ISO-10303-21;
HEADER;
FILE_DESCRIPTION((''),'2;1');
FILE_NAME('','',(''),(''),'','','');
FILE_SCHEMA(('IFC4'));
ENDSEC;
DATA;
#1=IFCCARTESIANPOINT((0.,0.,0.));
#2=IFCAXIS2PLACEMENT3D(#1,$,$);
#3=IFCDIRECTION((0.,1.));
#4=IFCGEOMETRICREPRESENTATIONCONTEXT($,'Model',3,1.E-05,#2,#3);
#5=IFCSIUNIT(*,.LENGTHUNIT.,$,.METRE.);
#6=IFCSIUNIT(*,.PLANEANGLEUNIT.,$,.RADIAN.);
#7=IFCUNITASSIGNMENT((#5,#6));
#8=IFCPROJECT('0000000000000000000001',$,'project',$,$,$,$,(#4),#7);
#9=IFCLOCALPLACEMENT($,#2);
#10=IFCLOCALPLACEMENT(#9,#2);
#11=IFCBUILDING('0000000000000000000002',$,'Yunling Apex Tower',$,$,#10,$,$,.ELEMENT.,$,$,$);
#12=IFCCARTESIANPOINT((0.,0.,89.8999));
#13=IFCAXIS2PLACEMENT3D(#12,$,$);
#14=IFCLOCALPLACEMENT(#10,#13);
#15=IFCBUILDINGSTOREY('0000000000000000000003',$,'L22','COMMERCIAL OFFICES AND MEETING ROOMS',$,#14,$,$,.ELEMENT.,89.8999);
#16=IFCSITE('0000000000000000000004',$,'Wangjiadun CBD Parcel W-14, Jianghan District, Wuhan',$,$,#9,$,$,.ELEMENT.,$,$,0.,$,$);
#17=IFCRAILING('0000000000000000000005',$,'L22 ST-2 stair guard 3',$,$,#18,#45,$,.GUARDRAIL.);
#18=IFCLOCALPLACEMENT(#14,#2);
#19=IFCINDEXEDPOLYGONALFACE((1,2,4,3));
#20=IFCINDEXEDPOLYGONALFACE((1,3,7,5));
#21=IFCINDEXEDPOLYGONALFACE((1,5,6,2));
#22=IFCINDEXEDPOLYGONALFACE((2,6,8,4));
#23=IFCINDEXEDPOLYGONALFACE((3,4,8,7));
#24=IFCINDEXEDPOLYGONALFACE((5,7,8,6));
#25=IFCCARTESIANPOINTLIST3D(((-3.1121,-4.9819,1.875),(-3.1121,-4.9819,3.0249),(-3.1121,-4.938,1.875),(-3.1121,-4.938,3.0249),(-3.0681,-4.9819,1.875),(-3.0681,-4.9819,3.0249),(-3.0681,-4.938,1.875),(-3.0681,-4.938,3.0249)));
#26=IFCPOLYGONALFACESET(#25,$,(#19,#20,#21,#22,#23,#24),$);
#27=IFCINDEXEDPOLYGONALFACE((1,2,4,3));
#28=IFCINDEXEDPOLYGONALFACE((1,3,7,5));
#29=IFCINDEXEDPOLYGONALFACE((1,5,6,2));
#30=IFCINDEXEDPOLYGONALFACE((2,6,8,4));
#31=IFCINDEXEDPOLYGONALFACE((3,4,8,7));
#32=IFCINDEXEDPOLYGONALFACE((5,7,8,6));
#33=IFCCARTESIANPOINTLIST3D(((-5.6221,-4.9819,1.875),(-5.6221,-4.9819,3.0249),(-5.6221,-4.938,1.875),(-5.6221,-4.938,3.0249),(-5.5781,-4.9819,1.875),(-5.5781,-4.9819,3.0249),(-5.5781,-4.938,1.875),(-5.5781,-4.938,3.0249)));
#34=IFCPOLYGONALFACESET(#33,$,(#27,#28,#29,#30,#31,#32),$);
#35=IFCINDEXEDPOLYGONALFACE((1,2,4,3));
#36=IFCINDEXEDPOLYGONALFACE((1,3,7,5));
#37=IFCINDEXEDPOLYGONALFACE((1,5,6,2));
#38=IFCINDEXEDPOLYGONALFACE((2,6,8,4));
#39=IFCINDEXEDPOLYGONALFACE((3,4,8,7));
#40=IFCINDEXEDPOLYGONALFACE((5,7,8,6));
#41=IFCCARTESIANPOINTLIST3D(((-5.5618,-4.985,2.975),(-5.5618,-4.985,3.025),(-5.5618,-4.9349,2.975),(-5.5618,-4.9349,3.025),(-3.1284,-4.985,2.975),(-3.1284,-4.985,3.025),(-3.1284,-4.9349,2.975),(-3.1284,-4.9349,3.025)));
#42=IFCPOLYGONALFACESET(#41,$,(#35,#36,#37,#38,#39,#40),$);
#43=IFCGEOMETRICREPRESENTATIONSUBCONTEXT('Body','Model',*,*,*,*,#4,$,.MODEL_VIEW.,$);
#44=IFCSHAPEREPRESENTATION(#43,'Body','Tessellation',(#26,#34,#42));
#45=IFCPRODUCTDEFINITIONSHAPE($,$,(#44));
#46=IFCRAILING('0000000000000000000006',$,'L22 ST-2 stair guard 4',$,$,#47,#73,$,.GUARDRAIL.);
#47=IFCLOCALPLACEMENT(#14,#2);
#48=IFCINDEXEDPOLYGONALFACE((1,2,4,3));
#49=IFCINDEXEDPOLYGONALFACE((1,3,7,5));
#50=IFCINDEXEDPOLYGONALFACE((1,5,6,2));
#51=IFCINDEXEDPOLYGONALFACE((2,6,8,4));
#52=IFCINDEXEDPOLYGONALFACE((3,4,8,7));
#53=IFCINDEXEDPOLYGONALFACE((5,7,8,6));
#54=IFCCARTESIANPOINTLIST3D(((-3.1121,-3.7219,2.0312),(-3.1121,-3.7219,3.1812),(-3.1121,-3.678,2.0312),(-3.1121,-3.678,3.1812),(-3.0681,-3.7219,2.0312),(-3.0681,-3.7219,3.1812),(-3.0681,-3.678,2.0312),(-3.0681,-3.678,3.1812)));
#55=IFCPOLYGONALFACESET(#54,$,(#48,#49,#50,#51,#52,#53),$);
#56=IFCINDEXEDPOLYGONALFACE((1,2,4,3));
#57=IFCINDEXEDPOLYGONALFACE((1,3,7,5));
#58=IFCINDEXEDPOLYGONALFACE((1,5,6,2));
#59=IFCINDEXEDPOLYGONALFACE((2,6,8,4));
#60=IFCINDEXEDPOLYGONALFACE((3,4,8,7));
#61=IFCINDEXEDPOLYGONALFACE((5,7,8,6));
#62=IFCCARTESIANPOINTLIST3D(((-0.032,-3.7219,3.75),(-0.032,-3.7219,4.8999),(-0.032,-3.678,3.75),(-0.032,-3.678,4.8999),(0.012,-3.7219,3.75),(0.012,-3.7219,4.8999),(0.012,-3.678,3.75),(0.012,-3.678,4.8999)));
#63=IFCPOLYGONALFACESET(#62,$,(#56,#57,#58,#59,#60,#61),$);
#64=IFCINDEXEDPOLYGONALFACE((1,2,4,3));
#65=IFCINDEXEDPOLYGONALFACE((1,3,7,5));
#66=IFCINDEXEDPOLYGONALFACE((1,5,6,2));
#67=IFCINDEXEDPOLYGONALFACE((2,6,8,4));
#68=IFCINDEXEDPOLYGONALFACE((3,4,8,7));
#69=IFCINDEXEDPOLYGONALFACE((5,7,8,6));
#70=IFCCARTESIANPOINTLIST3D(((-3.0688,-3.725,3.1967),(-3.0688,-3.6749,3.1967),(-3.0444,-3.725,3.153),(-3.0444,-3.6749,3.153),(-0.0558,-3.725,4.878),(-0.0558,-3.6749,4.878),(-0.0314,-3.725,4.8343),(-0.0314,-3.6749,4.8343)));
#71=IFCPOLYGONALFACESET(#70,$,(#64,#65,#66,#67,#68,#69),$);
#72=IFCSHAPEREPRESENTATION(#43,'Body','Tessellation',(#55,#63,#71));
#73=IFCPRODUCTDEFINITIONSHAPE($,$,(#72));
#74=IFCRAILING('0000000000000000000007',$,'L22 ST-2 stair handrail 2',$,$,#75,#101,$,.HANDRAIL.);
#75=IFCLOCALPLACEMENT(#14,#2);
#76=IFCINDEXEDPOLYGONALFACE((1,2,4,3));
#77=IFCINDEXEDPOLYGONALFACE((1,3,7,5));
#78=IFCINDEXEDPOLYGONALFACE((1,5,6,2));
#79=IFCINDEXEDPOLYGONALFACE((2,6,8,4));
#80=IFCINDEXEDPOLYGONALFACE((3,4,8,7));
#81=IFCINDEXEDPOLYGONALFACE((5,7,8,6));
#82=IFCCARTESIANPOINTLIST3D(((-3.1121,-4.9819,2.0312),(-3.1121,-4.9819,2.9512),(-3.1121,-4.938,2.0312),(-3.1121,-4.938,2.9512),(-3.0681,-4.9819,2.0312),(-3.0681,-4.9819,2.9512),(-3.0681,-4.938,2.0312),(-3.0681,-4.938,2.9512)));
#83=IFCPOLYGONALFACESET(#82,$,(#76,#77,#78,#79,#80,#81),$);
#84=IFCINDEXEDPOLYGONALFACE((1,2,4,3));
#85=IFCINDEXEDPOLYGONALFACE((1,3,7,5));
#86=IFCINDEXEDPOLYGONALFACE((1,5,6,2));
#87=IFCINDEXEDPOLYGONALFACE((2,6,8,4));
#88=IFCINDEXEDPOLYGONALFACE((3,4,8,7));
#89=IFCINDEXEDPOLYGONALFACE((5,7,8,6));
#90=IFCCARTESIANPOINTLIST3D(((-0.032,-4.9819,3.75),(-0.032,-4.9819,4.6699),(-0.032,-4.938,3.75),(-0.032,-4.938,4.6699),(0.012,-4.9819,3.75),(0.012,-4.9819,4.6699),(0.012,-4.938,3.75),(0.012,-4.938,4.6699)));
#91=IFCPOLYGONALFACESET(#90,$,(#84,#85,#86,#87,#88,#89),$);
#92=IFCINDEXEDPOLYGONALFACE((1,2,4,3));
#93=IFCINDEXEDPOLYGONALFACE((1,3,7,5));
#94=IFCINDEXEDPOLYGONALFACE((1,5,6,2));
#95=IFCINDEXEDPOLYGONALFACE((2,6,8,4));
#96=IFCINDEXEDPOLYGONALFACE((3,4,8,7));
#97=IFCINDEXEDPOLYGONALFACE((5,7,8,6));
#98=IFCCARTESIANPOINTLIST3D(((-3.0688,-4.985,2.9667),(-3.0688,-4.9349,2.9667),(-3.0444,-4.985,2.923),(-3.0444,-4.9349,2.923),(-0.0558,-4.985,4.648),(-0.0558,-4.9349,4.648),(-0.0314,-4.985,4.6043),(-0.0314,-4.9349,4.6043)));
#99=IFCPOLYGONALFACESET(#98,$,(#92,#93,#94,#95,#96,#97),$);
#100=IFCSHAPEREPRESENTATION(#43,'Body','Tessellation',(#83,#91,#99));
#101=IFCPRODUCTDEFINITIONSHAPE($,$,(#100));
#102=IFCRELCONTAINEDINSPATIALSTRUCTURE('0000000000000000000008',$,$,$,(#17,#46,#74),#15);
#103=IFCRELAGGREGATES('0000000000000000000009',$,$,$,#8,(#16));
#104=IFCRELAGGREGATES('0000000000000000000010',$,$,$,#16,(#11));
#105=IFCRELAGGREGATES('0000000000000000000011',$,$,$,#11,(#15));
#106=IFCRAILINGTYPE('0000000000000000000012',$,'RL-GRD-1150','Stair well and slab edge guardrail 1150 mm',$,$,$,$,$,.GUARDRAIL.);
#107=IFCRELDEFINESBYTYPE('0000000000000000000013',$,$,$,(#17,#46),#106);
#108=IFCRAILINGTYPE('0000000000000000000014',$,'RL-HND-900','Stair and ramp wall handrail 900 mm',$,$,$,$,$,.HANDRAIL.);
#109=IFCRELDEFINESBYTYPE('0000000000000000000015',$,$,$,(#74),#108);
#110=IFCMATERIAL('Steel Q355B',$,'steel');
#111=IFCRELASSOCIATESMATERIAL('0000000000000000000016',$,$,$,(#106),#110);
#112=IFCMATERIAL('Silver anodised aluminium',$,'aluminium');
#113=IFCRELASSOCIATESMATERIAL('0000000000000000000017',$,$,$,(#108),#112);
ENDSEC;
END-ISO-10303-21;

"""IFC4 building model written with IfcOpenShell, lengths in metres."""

from ifc_helpers import new_model, si_unit, direction, frame, origin, origin_2d, place, context, subcontext, project, spatial, rectangle, extrude, material, type_object, element, save


model = new_model("IFC4")

# Units and contexts
model_context = context("Model", 3, precision=1e-05, world=origin(), true_north=direction((0.0, 1.0)))
body_context = subcontext(model_context, "Body", "Model", "MODEL_VIEW")
ifc_project = project(units=[si_unit("LENGTHUNIT", "METRE"), si_unit("PLANEANGLEUNIT", "RADIAN")], contexts=[model_context])

# Site, building, storey
site_placement = place(None, origin())
site = spatial("IfcSite", under=ifc_project, at=site_placement, Name="Wangjiadun CBD Parcel W-14, Jianghan District, Wuhan", CompositionType="ELEMENT", RefElevation=0.0)
building_placement = place(site_placement, origin())
building = spatial("IfcBuilding", under=site, at=building_placement, Name="Yunling Apex Tower", CompositionType="ELEMENT")
storey_placement = place(building_placement, frame((0.0, 0.0, 89.8999)))
storey = spatial("IfcBuildingStorey", under=building, at=storey_placement, Name="L22", Description="COMMERCIAL OFFICES AND MEETING ROOMS", CompositionType="ELEMENT", Elevation=89.8999)

# Shared definitions
ifc_material_1 = material(Name="Steel Q355B", Category="steel")

# Shared definitions
ifc_material_2 = material(Name="Silver anodised aluminium", Category="aluminium")

# Railings
railing_type_1 = type_object("IfcRailingType", Name="RL-GRD-1150", Description="Stair well and slab edge guardrail 1150 mm", PredefinedType="GUARDRAIL", material=ifc_material_1)
railing_1_placement = place(storey_placement, frame((-3.0901, -4.96, 1.875)))
element("IfcRailing", 1, at=railing_1_placement, inside=storey, type_object=railing_type_1, Name="L22 ST-2 stair guard 3", PredefinedType="GUARDRAIL", context=body_context, shape_type="SweptSolid", body=[
    extrude(rectangle(XDim=0.0439, YDim=0.0439, at=origin_2d()), origin(), (0.0, 0.0, 1.0), 1.1499),
    extrude(rectangle(XDim=0.0439, YDim=0.0439, at=origin_2d()), frame((-2.51, 0.0, 0.0)), (0.0, 0.0, 1.0), 1.1499),
    extrude(rectangle(XDim=0.05, YDim=0.05, at=origin_2d()), frame((-0.0383, 0.0, 1.125), z_axis=(-1.0, 0.0, 0.0), x_axis=(0.0, -1.0, 0.0)), (0.0, 0.0, 1.0), 2.4333),
])
railing_2_placement = place(storey_placement, frame((-3.0901, -3.7, 2.0312)))
element("IfcRailing", 2, at=railing_2_placement, inside=storey, type_object=railing_type_1, Name="L22 ST-2 stair guard 4", PredefinedType="GUARDRAIL", context=body_context, shape_type="SweptSolid", body=[
    extrude(rectangle(XDim=0.0439, YDim=0.0439, at=origin_2d()), origin(), (0.0, 0.0, 1.0), 1.1499),
    extrude(rectangle(XDim=0.0439, YDim=0.0439, at=origin_2d()), frame((3.0801, 0.0, 1.7188)), (0.0, 0.0, 1.0), 1.1499),
    extrude(rectangle(XDim=0.05, YDim=0.05, at=origin_2d()), frame((0.0334, 0.0, 1.1436), z_axis=(0.873242, 0.0, 0.487288), x_axis=(0.0, 1.0, 0.0)), (0.0, 0.0, 1.0), 3.4504),
])
railing_type_2 = type_object("IfcRailingType", Name="RL-HND-900", Description="Stair and ramp wall handrail 900 mm", PredefinedType="HANDRAIL", material=ifc_material_2)
railing_3_placement = place(storey_placement, frame((-3.0901, -4.96, 2.0312)))
element("IfcRailing", 3, at=railing_3_placement, inside=storey, type_object=railing_type_2, Name="L22 ST-2 stair handrail 2", PredefinedType="HANDRAIL", context=body_context, shape_type="SweptSolid", body=[
    extrude(rectangle(XDim=0.0439, YDim=0.0439, at=origin_2d()), origin(), (0.0, 0.0, 1.0), 0.9199),
    extrude(rectangle(XDim=0.0439, YDim=0.0439, at=origin_2d()), frame((3.0801, 0.0, 1.7188)), (0.0, 0.0, 1.0), 0.9199),
    extrude(rectangle(XDim=0.05, YDim=0.05, at=origin_2d()), frame((0.0334, 0.0, 0.9136), z_axis=(0.873242, 0.0, 0.487288), x_axis=(0.0, 1.0, 0.0)), (0.0, 0.0, 1.0), 3.4504),
])

save(model, "model.ifc")
